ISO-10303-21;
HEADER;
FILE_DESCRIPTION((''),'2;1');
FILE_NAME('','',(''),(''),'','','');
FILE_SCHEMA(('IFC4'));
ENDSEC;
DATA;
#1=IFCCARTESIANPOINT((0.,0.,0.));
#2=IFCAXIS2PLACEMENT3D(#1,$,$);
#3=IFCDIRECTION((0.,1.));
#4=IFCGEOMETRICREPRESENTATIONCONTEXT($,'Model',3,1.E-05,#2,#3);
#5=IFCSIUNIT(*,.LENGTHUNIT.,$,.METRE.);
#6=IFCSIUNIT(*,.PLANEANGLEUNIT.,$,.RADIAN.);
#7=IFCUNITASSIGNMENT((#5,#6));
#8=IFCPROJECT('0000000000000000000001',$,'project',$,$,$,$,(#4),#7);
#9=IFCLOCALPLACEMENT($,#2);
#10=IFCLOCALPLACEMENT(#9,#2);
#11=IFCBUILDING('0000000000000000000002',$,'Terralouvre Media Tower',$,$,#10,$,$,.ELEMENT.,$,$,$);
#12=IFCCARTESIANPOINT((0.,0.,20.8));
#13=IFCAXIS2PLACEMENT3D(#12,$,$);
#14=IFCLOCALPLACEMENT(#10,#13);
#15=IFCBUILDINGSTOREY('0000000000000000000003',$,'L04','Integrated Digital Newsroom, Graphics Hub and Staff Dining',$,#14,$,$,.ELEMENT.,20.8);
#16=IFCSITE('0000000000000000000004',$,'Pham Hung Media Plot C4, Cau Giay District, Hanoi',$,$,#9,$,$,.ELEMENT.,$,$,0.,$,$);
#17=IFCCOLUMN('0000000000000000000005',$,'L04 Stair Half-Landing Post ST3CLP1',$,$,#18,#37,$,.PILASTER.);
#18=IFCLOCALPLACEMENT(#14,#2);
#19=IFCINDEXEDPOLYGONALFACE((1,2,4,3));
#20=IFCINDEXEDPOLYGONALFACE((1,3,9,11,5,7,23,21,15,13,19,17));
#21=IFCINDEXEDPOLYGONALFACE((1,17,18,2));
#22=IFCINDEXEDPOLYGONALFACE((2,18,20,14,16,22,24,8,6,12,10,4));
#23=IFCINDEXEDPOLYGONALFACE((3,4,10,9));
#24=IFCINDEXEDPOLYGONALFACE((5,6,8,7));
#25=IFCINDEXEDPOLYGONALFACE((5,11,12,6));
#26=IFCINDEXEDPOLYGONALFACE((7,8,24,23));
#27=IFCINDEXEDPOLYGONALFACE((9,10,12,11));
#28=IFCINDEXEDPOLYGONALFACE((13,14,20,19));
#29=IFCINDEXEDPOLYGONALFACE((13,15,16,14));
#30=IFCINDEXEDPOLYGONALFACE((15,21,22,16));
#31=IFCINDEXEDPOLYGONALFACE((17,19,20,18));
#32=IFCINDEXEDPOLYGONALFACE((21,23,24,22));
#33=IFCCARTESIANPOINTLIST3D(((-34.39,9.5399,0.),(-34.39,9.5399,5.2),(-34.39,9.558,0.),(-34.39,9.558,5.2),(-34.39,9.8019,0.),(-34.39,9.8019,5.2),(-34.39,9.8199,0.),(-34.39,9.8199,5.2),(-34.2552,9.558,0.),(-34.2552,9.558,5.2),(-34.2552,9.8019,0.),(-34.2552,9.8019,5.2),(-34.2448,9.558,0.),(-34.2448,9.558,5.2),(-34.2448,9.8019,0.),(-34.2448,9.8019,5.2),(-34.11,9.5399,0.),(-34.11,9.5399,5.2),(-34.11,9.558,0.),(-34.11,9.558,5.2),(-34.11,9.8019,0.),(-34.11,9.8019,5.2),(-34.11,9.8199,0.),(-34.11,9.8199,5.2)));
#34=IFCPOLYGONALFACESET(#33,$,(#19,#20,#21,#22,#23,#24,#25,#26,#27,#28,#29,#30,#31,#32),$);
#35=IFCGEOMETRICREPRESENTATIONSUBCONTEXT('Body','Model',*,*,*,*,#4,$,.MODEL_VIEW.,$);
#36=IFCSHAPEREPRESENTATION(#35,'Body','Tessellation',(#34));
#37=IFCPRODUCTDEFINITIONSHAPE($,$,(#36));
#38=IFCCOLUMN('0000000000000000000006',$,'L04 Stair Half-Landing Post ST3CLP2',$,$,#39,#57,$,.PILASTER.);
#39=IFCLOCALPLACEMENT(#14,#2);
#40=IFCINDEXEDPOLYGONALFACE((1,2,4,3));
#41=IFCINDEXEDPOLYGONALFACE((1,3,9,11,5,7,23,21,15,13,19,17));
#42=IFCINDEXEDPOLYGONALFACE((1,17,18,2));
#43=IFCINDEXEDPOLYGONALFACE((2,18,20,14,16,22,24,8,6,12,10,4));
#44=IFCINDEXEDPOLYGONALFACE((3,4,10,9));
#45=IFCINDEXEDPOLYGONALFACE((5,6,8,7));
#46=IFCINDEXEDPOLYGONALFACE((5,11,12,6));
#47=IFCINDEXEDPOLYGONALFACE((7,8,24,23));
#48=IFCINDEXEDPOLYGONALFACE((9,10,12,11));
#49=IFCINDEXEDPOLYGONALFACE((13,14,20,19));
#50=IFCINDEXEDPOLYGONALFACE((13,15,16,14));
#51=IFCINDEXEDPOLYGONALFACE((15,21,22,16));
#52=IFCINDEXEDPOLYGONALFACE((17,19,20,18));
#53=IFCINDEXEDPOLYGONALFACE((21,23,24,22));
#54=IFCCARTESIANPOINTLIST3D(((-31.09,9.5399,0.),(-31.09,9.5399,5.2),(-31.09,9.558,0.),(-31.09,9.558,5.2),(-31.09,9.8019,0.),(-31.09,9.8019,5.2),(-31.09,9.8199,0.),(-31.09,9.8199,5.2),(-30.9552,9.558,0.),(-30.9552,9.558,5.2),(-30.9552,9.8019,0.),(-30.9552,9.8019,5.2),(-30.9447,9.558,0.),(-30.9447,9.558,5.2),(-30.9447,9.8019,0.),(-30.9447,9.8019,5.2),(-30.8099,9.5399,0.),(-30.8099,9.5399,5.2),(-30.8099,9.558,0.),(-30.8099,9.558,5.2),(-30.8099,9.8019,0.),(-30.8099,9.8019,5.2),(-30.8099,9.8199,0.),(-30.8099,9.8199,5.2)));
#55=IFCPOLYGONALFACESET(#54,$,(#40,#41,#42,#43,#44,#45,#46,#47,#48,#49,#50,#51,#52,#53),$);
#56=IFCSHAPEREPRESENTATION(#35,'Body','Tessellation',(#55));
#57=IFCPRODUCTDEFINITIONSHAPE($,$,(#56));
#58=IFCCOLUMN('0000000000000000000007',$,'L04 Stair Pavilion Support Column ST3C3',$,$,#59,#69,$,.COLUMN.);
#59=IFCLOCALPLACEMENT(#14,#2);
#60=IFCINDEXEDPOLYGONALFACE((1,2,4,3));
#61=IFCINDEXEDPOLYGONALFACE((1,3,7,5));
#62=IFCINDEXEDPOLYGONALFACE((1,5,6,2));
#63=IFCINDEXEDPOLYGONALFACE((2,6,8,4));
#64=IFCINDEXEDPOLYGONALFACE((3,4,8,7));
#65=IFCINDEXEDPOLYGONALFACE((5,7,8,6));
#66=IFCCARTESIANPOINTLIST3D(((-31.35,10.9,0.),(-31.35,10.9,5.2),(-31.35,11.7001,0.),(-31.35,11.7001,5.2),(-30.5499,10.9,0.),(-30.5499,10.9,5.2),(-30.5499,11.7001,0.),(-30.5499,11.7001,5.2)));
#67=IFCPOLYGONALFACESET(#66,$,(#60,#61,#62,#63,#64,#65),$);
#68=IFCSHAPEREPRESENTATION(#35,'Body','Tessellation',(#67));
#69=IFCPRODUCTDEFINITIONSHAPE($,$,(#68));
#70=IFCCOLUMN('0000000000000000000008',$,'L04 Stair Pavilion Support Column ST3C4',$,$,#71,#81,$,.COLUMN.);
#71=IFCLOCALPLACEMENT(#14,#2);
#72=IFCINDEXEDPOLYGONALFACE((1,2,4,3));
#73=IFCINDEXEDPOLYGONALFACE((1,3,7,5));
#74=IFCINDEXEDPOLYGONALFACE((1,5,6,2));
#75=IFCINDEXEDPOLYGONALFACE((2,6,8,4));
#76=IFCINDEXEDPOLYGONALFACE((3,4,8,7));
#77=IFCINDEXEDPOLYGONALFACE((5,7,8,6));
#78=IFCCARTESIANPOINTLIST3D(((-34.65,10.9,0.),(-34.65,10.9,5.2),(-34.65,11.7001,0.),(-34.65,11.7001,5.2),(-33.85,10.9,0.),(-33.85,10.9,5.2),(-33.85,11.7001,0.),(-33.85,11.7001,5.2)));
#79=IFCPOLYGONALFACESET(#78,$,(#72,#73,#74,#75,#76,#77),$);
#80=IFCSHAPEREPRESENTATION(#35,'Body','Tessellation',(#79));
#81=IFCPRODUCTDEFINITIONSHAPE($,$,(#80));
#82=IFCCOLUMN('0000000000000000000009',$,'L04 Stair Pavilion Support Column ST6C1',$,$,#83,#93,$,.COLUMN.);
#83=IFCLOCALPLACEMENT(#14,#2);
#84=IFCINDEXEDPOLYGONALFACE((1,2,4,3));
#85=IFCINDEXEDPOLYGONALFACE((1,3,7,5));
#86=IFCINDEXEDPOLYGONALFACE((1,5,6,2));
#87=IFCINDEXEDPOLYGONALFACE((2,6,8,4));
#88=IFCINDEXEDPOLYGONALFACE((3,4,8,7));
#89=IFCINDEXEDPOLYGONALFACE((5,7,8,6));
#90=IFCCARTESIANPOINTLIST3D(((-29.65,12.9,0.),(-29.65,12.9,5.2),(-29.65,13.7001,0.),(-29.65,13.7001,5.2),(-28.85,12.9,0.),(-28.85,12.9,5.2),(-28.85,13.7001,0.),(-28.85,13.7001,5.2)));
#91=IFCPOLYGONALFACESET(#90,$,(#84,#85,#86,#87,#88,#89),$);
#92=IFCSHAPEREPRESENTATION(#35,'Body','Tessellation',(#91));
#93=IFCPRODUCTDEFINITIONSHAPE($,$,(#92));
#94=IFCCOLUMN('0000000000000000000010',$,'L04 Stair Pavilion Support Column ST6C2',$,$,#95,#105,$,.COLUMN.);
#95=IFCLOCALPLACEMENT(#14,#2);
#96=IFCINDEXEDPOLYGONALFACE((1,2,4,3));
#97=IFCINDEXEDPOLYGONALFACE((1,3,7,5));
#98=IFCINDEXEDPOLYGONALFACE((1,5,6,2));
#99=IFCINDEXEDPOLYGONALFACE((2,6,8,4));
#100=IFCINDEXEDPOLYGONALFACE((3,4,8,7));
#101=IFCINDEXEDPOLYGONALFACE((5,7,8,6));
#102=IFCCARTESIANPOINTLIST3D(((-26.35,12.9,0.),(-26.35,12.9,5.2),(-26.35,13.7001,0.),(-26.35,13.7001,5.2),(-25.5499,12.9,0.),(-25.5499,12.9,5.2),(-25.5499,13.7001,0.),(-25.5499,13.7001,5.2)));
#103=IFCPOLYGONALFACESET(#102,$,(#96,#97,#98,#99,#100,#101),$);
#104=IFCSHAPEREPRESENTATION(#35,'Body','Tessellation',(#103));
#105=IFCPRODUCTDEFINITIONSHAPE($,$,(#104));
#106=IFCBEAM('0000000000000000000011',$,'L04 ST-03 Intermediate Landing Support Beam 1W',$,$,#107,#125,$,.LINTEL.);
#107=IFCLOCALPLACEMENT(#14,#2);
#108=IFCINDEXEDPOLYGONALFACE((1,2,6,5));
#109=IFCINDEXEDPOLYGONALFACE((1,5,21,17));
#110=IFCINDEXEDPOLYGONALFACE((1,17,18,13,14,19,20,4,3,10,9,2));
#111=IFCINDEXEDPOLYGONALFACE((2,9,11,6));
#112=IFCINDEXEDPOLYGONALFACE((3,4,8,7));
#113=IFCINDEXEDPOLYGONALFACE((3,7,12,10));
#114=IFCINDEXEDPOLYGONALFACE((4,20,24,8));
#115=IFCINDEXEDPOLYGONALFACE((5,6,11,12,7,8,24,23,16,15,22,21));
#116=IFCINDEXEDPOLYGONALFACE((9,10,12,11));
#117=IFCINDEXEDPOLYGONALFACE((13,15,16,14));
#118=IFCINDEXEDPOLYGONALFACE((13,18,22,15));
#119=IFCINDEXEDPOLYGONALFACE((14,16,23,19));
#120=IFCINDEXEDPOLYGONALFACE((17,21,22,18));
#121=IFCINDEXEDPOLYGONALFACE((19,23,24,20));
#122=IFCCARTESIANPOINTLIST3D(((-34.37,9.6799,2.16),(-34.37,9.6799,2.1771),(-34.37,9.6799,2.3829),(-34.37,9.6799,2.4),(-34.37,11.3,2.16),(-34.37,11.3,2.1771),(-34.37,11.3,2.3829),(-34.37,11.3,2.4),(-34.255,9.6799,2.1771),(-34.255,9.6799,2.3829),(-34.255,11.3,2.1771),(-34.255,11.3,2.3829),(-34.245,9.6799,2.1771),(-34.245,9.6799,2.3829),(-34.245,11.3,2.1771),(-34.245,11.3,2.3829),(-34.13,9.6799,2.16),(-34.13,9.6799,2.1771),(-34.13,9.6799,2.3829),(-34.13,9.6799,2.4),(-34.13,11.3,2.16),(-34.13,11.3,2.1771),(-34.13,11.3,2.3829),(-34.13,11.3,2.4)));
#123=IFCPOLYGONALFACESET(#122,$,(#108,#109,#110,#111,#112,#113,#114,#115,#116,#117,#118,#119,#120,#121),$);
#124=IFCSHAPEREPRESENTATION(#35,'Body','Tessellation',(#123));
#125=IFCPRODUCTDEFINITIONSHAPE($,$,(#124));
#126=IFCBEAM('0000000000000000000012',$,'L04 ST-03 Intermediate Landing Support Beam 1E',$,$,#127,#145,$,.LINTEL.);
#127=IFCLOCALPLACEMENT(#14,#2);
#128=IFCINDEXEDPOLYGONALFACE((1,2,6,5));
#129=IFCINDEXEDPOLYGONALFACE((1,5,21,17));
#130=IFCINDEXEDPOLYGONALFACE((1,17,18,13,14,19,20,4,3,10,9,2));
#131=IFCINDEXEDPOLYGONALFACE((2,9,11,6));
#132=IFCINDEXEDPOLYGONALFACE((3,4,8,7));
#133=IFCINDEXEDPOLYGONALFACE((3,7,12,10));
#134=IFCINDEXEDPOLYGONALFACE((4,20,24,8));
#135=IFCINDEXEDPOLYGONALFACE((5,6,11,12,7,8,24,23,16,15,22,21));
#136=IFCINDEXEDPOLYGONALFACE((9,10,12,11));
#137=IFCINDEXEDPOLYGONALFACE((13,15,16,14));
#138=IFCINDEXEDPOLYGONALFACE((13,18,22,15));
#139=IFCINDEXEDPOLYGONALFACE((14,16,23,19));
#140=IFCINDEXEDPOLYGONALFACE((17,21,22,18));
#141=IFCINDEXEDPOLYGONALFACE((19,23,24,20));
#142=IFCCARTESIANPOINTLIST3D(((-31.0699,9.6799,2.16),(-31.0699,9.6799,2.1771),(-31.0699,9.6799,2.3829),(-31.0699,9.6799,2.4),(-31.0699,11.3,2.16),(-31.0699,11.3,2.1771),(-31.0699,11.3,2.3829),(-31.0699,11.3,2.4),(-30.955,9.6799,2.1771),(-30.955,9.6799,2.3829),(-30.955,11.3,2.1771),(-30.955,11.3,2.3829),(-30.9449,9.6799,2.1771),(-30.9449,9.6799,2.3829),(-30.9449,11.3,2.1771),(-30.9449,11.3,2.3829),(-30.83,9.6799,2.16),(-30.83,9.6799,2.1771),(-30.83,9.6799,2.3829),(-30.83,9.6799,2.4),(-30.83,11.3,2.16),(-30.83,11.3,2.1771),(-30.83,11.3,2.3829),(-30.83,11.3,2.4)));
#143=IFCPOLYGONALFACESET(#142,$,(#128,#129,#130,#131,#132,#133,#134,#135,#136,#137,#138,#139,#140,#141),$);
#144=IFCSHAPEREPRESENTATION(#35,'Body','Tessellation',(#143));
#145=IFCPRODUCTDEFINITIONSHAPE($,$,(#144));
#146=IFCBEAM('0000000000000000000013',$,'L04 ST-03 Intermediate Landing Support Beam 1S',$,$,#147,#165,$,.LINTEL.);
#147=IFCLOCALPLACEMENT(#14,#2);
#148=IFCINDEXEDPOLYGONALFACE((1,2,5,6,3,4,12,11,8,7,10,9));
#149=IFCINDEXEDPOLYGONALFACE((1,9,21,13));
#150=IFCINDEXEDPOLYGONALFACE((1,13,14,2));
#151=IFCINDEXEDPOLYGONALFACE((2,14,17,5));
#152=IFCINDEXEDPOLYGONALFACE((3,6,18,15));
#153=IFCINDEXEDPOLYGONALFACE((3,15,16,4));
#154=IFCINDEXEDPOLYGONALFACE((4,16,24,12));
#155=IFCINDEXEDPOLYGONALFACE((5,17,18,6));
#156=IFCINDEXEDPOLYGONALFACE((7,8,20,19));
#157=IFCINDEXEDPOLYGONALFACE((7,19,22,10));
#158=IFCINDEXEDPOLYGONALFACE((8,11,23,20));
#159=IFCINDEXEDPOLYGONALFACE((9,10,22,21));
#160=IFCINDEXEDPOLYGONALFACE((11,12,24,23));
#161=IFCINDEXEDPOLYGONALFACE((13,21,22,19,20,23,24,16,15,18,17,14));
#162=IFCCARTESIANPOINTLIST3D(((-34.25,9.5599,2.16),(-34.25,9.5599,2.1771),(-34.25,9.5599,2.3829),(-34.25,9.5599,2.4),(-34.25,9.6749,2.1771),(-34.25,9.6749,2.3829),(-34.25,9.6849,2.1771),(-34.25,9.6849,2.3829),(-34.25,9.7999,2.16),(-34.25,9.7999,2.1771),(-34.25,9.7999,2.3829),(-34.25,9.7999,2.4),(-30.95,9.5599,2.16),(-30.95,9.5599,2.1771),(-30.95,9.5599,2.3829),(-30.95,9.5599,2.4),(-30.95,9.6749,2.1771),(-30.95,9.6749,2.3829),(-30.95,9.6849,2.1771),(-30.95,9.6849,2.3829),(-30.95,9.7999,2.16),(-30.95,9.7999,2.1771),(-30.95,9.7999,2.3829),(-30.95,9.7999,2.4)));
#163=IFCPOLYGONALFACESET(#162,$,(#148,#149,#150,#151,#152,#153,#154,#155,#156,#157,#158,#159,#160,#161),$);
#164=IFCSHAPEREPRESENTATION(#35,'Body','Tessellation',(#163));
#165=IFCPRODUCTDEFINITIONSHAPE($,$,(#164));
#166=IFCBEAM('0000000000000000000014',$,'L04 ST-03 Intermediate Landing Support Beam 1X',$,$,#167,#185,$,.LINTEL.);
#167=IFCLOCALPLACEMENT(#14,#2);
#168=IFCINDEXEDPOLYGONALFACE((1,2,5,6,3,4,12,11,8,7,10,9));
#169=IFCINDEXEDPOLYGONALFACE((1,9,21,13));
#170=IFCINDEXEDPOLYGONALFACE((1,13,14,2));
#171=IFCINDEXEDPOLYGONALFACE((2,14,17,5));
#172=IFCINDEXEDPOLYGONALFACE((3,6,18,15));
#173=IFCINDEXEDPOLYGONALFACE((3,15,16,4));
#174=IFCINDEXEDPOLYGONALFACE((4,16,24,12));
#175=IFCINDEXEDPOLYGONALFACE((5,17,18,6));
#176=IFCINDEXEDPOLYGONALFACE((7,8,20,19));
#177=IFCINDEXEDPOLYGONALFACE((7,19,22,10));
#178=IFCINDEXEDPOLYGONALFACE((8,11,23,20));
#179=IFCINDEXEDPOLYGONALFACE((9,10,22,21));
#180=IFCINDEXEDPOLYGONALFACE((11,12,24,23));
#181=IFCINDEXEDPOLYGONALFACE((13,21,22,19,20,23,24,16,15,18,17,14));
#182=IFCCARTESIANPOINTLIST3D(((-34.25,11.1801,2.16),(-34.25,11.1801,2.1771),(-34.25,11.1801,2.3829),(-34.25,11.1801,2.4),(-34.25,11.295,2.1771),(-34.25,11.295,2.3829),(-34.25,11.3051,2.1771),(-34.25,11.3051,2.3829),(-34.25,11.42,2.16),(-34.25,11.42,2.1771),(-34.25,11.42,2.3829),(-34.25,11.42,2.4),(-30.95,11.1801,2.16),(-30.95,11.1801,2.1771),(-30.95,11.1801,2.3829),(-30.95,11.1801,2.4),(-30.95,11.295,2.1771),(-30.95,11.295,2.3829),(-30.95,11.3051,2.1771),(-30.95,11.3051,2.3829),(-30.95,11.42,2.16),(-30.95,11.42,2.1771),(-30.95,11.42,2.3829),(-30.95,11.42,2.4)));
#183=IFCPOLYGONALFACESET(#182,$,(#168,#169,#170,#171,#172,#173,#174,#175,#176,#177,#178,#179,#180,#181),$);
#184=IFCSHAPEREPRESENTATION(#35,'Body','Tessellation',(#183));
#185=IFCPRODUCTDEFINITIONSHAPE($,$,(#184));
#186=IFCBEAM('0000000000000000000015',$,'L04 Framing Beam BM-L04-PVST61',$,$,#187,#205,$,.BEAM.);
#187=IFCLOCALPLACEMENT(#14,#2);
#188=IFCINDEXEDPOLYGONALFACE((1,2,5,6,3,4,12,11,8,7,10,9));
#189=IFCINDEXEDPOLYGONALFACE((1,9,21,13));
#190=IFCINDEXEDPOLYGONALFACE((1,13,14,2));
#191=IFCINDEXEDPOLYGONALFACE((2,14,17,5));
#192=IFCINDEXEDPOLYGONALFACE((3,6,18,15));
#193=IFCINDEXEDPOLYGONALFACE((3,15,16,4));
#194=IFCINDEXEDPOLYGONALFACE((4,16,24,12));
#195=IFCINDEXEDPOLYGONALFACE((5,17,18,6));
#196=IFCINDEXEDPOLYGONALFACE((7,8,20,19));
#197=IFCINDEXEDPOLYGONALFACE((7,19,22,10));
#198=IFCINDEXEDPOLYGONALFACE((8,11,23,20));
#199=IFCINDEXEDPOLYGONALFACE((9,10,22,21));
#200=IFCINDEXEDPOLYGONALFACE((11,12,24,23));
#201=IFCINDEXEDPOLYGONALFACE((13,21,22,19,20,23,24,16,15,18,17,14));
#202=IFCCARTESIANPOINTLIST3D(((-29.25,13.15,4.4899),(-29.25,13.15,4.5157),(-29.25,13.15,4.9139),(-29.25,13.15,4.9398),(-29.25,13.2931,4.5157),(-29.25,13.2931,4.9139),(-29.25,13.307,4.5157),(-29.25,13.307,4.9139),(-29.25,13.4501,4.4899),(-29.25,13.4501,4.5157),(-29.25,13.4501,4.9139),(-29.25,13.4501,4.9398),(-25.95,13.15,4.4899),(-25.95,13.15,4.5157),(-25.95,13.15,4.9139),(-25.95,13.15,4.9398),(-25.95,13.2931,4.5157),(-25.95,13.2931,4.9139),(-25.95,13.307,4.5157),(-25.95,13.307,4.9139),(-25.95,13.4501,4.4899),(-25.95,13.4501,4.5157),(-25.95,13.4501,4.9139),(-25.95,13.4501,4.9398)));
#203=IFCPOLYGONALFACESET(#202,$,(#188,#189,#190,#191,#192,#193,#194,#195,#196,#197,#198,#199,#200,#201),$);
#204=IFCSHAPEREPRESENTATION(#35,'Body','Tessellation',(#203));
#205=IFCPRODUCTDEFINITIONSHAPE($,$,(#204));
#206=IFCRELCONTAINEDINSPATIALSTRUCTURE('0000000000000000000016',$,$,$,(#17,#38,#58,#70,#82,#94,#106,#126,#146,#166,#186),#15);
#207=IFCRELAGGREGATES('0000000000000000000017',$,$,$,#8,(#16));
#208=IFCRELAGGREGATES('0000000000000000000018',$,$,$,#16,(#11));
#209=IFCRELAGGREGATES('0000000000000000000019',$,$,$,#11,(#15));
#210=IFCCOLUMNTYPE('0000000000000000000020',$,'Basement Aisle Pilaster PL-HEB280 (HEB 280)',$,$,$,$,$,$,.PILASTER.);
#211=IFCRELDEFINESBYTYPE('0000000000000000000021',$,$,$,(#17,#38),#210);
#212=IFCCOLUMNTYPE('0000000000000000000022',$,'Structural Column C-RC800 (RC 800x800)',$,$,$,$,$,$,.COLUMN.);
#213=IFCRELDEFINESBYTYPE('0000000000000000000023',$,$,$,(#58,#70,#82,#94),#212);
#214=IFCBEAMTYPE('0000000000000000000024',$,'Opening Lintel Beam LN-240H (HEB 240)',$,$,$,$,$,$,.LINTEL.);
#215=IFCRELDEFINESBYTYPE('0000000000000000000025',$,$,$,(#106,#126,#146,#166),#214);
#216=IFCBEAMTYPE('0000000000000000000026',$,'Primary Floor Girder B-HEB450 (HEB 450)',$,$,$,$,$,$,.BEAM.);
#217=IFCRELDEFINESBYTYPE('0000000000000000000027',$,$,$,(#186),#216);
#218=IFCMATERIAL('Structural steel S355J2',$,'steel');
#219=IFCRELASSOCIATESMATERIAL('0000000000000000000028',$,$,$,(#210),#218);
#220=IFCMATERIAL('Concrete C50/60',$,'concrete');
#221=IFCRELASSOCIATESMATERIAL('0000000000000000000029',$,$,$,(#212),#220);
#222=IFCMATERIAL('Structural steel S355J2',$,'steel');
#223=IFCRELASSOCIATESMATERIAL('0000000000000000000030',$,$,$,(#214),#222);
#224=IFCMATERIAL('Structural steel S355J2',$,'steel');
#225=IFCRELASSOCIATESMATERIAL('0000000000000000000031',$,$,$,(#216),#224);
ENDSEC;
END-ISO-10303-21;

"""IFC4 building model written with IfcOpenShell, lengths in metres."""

from ifc_helpers import new_model, si_unit, direction, frame, origin, origin_2d, place, context, subcontext, project, spatial, rectangle, i_section, extrude, material, material_profile, profile_set, type_object, element, save


model = new_model("IFC4")

# Units and contexts
model_context = context("Model", 3, precision=1e-05, world=origin(), true_north=direction((0.0, 1.0)))
body_context = subcontext(model_context, "Body", "Model", "MODEL_VIEW")
ifc_project = project(units=[si_unit("LENGTHUNIT", "METRE"), si_unit("PLANEANGLEUNIT", "RADIAN")], contexts=[model_context])

# Site, building, storey
site_placement = place(None, origin())
site = spatial("IfcSite", under=ifc_project, at=site_placement, Name="Pham Hung Media Plot C4, Cau Giay District, Hanoi", CompositionType="ELEMENT", RefElevation=0.0)
building_placement = place(site_placement, origin())
building = spatial("IfcBuilding", under=site, at=building_placement, Name="Terralouvre Media Tower", CompositionType="ELEMENT")
storey_placement = place(building_placement, frame((0.0, 0.0, 20.8)))
storey = spatial("IfcBuildingStorey", under=building, at=storey_placement, Name="L04", Description="Integrated Digital Newsroom, Graphics Hub and Staff Dining", CompositionType="ELEMENT", Elevation=20.8)

# Columns
ifc_material_1 = material(Name="Structural steel S355J2", Category="steel")
ifc_material_profile_1 = material_profile(ifc_material_1, i_section(OverallWidth=0.28, OverallDepth=0.28, WebThickness=0.0105, FlangeThickness=0.0181, at=origin_2d()), Name="HEB 280")
ifc_profile_set_1 = profile_set([ifc_material_profile_1], Name="Structural steel S355J2")
column_type_1 = type_object("IfcColumnType", Name="Basement Aisle Pilaster PL-HEB280 (HEB 280)", PredefinedType="PILASTER", material=ifc_profile_set_1)
for number, where, z_axis, x_axis, name in (
    (1, (-34.25, 9.6799, 0.0), (0.0, 0.0, 1.0), (1.0, 0.0, 0.0), "L04 Stair Half-Landing Post ST3CLP1"),
    (2, (-30.95, 9.6799, 0.0), (0.0, 0.0, 1.0), (1.0, 0.0, 0.0), "L04 Stair Half-Landing Post ST3CLP2"),
):
    element("IfcColumn", number, at=place(storey_placement, frame(where, z_axis=z_axis, x_axis=x_axis)), inside=storey, type_object=column_type_1, Name=name, PredefinedType="PILASTER", context=body_context, shape_type="SweptSolid", body=[
        extrude(i_section(OverallWidth=0.28, OverallDepth=0.28, WebThickness=0.0105, FlangeThickness=0.0181, at=origin_2d()), origin(), (0.0, 0.0, 1.0), 5.2),
    ])
ifc_material_2 = material(Name="Concrete C50/60", Category="concrete")
ifc_material_profile_2 = material_profile(ifc_material_2, rectangle(XDim=0.8, YDim=0.8, at=origin_2d()), Name="RC 800x800")
ifc_profile_set_2 = profile_set([ifc_material_profile_2], Name="Concrete C50/60")
column_type_2 = type_object("IfcColumnType", Name="Structural Column C-RC800 (RC 800x800)", PredefinedType="COLUMN", material=ifc_profile_set_2)
for number, where, z_axis, x_axis, name in (
    (3, (-30.95, 11.3, 0.0), (0.0, 0.0, 1.0), (1.0, 0.0, 0.0), "L04 Stair Pavilion Support Column ST3C3"),
    (4, (-34.25, 11.3, 0.0), (0.0, 0.0, 1.0), (1.0, 0.0, 0.0), "L04 Stair Pavilion Support Column ST3C4"),
    (5, (-29.25, 13.3, 0.0), (0.0, 0.0, 1.0), (1.0, 0.0, 0.0), "L04 Stair Pavilion Support Column ST6C1"),
    (6, (-25.95, 13.3, 0.0), (0.0, 0.0, 1.0), (1.0, 0.0, 0.0), "L04 Stair Pavilion Support Column ST6C2"),
):
    element("IfcColumn", number, at=place(storey_placement, frame(where, z_axis=z_axis, x_axis=x_axis)), inside=storey, type_object=column_type_2, Name=name, PredefinedType="COLUMN", context=body_context, shape_type="SweptSolid", body=[
        extrude(rectangle(XDim=0.8, YDim=0.8, at=origin_2d()), origin(), (0.0, 0.0, 1.0), 5.2),
    ])

# Beams
ifc_material_3 = material(Name="Structural steel S355J2", Category="steel")
ifc_material_profile_3 = material_profile(ifc_material_3, i_section(OverallWidth=0.24, OverallDepth=0.24, WebThickness=0.01, FlangeThickness=0.0171, at=origin_2d()), Name="HEB 240")
ifc_profile_set_3 = profile_set([ifc_material_profile_3], Name="Structural steel S355J2")
beam_type_1 = type_object("IfcBeamType", Name="Opening Lintel Beam LN-240H (HEB 240)", PredefinedType="LINTEL", material=ifc_profile_set_3)
for number, where, z_axis, x_axis, name in (
    (7, (-34.25, 9.6799, 2.28), (0.0, 1.0, 0.0), (-1.0, 0.0, 0.0), "L04 ST-03 Intermediate Landing Support Beam 1W"),
    (8, (-30.95, 9.6799, 2.28), (0.0, 1.0, 0.0), (-1.0, 0.0, 0.0), "L04 ST-03 Intermediate Landing Support Beam 1E"),
):
    element("IfcBeam", number, at=place(storey_placement, frame(where, z_axis=z_axis, x_axis=x_axis)), inside=storey, type_object=beam_type_1, Name=name, PredefinedType="LINTEL", context=body_context, shape_type="SweptSolid", body=[
        extrude(i_section(OverallWidth=0.24, OverallDepth=0.24, WebThickness=0.01, FlangeThickness=0.0171, at=origin_2d()), origin(), (0.0, 0.0, 1.0), 1.6201),
    ])
for number, where, z_axis, x_axis, name in (
    (9, (-34.25, 9.6799, 2.28), (1.0, 0.0, 0.0), (0.0, 1.0, 0.0), "L04 ST-03 Intermediate Landing Support Beam 1S"),
    (10, (-34.25, 11.3, 2.28), (1.0, 0.0, 0.0), (0.0, 1.0, 0.0), "L04 ST-03 Intermediate Landing Support Beam 1X"),
):
    element("IfcBeam", number, at=place(storey_placement, frame(where, z_axis=z_axis, x_axis=x_axis)), inside=storey, type_object=beam_type_1, Name=name, PredefinedType="LINTEL", context=body_context, shape_type="SweptSolid", body=[
        extrude(i_section(OverallWidth=0.24, OverallDepth=0.24, WebThickness=0.01, FlangeThickness=0.0171, at=origin_2d()), origin(), (0.0, 0.0, 1.0), 3.3),
    ])
ifc_material_4 = material(Name="Structural steel S355J2", Category="steel")
ifc_material_profile_4 = material_profile(ifc_material_4, i_section(OverallWidth=0.3, OverallDepth=0.45, WebThickness=0.0139, FlangeThickness=0.0259, at=origin_2d()), Name="HEB 450")
ifc_profile_set_4 = profile_set([ifc_material_profile_4], Name="Structural steel S355J2")
beam_type_2 = type_object("IfcBeamType", Name="Primary Floor Girder B-HEB450 (HEB 450)", PredefinedType="BEAM", material=ifc_profile_set_4)
beam_1_placement = place(storey_placement, frame((-29.25, 13.3, 4.7148), z_axis=(1.0, 0.0, 0.0), x_axis=(0.0, 1.0, 0.0)))
element("IfcBeam", 11, at=beam_1_placement, inside=storey, type_object=beam_type_2, Name="L04 Framing Beam BM-L04-PVST61", PredefinedType="BEAM", context=body_context, shape_type="SweptSolid", body=[
    extrude(i_section(OverallWidth=0.3, OverallDepth=0.45, WebThickness=0.0139, FlangeThickness=0.0259, at=origin_2d()), origin(), (0.0, 0.0, 1.0), 3.3),
])

save(model, "model.ifc")
